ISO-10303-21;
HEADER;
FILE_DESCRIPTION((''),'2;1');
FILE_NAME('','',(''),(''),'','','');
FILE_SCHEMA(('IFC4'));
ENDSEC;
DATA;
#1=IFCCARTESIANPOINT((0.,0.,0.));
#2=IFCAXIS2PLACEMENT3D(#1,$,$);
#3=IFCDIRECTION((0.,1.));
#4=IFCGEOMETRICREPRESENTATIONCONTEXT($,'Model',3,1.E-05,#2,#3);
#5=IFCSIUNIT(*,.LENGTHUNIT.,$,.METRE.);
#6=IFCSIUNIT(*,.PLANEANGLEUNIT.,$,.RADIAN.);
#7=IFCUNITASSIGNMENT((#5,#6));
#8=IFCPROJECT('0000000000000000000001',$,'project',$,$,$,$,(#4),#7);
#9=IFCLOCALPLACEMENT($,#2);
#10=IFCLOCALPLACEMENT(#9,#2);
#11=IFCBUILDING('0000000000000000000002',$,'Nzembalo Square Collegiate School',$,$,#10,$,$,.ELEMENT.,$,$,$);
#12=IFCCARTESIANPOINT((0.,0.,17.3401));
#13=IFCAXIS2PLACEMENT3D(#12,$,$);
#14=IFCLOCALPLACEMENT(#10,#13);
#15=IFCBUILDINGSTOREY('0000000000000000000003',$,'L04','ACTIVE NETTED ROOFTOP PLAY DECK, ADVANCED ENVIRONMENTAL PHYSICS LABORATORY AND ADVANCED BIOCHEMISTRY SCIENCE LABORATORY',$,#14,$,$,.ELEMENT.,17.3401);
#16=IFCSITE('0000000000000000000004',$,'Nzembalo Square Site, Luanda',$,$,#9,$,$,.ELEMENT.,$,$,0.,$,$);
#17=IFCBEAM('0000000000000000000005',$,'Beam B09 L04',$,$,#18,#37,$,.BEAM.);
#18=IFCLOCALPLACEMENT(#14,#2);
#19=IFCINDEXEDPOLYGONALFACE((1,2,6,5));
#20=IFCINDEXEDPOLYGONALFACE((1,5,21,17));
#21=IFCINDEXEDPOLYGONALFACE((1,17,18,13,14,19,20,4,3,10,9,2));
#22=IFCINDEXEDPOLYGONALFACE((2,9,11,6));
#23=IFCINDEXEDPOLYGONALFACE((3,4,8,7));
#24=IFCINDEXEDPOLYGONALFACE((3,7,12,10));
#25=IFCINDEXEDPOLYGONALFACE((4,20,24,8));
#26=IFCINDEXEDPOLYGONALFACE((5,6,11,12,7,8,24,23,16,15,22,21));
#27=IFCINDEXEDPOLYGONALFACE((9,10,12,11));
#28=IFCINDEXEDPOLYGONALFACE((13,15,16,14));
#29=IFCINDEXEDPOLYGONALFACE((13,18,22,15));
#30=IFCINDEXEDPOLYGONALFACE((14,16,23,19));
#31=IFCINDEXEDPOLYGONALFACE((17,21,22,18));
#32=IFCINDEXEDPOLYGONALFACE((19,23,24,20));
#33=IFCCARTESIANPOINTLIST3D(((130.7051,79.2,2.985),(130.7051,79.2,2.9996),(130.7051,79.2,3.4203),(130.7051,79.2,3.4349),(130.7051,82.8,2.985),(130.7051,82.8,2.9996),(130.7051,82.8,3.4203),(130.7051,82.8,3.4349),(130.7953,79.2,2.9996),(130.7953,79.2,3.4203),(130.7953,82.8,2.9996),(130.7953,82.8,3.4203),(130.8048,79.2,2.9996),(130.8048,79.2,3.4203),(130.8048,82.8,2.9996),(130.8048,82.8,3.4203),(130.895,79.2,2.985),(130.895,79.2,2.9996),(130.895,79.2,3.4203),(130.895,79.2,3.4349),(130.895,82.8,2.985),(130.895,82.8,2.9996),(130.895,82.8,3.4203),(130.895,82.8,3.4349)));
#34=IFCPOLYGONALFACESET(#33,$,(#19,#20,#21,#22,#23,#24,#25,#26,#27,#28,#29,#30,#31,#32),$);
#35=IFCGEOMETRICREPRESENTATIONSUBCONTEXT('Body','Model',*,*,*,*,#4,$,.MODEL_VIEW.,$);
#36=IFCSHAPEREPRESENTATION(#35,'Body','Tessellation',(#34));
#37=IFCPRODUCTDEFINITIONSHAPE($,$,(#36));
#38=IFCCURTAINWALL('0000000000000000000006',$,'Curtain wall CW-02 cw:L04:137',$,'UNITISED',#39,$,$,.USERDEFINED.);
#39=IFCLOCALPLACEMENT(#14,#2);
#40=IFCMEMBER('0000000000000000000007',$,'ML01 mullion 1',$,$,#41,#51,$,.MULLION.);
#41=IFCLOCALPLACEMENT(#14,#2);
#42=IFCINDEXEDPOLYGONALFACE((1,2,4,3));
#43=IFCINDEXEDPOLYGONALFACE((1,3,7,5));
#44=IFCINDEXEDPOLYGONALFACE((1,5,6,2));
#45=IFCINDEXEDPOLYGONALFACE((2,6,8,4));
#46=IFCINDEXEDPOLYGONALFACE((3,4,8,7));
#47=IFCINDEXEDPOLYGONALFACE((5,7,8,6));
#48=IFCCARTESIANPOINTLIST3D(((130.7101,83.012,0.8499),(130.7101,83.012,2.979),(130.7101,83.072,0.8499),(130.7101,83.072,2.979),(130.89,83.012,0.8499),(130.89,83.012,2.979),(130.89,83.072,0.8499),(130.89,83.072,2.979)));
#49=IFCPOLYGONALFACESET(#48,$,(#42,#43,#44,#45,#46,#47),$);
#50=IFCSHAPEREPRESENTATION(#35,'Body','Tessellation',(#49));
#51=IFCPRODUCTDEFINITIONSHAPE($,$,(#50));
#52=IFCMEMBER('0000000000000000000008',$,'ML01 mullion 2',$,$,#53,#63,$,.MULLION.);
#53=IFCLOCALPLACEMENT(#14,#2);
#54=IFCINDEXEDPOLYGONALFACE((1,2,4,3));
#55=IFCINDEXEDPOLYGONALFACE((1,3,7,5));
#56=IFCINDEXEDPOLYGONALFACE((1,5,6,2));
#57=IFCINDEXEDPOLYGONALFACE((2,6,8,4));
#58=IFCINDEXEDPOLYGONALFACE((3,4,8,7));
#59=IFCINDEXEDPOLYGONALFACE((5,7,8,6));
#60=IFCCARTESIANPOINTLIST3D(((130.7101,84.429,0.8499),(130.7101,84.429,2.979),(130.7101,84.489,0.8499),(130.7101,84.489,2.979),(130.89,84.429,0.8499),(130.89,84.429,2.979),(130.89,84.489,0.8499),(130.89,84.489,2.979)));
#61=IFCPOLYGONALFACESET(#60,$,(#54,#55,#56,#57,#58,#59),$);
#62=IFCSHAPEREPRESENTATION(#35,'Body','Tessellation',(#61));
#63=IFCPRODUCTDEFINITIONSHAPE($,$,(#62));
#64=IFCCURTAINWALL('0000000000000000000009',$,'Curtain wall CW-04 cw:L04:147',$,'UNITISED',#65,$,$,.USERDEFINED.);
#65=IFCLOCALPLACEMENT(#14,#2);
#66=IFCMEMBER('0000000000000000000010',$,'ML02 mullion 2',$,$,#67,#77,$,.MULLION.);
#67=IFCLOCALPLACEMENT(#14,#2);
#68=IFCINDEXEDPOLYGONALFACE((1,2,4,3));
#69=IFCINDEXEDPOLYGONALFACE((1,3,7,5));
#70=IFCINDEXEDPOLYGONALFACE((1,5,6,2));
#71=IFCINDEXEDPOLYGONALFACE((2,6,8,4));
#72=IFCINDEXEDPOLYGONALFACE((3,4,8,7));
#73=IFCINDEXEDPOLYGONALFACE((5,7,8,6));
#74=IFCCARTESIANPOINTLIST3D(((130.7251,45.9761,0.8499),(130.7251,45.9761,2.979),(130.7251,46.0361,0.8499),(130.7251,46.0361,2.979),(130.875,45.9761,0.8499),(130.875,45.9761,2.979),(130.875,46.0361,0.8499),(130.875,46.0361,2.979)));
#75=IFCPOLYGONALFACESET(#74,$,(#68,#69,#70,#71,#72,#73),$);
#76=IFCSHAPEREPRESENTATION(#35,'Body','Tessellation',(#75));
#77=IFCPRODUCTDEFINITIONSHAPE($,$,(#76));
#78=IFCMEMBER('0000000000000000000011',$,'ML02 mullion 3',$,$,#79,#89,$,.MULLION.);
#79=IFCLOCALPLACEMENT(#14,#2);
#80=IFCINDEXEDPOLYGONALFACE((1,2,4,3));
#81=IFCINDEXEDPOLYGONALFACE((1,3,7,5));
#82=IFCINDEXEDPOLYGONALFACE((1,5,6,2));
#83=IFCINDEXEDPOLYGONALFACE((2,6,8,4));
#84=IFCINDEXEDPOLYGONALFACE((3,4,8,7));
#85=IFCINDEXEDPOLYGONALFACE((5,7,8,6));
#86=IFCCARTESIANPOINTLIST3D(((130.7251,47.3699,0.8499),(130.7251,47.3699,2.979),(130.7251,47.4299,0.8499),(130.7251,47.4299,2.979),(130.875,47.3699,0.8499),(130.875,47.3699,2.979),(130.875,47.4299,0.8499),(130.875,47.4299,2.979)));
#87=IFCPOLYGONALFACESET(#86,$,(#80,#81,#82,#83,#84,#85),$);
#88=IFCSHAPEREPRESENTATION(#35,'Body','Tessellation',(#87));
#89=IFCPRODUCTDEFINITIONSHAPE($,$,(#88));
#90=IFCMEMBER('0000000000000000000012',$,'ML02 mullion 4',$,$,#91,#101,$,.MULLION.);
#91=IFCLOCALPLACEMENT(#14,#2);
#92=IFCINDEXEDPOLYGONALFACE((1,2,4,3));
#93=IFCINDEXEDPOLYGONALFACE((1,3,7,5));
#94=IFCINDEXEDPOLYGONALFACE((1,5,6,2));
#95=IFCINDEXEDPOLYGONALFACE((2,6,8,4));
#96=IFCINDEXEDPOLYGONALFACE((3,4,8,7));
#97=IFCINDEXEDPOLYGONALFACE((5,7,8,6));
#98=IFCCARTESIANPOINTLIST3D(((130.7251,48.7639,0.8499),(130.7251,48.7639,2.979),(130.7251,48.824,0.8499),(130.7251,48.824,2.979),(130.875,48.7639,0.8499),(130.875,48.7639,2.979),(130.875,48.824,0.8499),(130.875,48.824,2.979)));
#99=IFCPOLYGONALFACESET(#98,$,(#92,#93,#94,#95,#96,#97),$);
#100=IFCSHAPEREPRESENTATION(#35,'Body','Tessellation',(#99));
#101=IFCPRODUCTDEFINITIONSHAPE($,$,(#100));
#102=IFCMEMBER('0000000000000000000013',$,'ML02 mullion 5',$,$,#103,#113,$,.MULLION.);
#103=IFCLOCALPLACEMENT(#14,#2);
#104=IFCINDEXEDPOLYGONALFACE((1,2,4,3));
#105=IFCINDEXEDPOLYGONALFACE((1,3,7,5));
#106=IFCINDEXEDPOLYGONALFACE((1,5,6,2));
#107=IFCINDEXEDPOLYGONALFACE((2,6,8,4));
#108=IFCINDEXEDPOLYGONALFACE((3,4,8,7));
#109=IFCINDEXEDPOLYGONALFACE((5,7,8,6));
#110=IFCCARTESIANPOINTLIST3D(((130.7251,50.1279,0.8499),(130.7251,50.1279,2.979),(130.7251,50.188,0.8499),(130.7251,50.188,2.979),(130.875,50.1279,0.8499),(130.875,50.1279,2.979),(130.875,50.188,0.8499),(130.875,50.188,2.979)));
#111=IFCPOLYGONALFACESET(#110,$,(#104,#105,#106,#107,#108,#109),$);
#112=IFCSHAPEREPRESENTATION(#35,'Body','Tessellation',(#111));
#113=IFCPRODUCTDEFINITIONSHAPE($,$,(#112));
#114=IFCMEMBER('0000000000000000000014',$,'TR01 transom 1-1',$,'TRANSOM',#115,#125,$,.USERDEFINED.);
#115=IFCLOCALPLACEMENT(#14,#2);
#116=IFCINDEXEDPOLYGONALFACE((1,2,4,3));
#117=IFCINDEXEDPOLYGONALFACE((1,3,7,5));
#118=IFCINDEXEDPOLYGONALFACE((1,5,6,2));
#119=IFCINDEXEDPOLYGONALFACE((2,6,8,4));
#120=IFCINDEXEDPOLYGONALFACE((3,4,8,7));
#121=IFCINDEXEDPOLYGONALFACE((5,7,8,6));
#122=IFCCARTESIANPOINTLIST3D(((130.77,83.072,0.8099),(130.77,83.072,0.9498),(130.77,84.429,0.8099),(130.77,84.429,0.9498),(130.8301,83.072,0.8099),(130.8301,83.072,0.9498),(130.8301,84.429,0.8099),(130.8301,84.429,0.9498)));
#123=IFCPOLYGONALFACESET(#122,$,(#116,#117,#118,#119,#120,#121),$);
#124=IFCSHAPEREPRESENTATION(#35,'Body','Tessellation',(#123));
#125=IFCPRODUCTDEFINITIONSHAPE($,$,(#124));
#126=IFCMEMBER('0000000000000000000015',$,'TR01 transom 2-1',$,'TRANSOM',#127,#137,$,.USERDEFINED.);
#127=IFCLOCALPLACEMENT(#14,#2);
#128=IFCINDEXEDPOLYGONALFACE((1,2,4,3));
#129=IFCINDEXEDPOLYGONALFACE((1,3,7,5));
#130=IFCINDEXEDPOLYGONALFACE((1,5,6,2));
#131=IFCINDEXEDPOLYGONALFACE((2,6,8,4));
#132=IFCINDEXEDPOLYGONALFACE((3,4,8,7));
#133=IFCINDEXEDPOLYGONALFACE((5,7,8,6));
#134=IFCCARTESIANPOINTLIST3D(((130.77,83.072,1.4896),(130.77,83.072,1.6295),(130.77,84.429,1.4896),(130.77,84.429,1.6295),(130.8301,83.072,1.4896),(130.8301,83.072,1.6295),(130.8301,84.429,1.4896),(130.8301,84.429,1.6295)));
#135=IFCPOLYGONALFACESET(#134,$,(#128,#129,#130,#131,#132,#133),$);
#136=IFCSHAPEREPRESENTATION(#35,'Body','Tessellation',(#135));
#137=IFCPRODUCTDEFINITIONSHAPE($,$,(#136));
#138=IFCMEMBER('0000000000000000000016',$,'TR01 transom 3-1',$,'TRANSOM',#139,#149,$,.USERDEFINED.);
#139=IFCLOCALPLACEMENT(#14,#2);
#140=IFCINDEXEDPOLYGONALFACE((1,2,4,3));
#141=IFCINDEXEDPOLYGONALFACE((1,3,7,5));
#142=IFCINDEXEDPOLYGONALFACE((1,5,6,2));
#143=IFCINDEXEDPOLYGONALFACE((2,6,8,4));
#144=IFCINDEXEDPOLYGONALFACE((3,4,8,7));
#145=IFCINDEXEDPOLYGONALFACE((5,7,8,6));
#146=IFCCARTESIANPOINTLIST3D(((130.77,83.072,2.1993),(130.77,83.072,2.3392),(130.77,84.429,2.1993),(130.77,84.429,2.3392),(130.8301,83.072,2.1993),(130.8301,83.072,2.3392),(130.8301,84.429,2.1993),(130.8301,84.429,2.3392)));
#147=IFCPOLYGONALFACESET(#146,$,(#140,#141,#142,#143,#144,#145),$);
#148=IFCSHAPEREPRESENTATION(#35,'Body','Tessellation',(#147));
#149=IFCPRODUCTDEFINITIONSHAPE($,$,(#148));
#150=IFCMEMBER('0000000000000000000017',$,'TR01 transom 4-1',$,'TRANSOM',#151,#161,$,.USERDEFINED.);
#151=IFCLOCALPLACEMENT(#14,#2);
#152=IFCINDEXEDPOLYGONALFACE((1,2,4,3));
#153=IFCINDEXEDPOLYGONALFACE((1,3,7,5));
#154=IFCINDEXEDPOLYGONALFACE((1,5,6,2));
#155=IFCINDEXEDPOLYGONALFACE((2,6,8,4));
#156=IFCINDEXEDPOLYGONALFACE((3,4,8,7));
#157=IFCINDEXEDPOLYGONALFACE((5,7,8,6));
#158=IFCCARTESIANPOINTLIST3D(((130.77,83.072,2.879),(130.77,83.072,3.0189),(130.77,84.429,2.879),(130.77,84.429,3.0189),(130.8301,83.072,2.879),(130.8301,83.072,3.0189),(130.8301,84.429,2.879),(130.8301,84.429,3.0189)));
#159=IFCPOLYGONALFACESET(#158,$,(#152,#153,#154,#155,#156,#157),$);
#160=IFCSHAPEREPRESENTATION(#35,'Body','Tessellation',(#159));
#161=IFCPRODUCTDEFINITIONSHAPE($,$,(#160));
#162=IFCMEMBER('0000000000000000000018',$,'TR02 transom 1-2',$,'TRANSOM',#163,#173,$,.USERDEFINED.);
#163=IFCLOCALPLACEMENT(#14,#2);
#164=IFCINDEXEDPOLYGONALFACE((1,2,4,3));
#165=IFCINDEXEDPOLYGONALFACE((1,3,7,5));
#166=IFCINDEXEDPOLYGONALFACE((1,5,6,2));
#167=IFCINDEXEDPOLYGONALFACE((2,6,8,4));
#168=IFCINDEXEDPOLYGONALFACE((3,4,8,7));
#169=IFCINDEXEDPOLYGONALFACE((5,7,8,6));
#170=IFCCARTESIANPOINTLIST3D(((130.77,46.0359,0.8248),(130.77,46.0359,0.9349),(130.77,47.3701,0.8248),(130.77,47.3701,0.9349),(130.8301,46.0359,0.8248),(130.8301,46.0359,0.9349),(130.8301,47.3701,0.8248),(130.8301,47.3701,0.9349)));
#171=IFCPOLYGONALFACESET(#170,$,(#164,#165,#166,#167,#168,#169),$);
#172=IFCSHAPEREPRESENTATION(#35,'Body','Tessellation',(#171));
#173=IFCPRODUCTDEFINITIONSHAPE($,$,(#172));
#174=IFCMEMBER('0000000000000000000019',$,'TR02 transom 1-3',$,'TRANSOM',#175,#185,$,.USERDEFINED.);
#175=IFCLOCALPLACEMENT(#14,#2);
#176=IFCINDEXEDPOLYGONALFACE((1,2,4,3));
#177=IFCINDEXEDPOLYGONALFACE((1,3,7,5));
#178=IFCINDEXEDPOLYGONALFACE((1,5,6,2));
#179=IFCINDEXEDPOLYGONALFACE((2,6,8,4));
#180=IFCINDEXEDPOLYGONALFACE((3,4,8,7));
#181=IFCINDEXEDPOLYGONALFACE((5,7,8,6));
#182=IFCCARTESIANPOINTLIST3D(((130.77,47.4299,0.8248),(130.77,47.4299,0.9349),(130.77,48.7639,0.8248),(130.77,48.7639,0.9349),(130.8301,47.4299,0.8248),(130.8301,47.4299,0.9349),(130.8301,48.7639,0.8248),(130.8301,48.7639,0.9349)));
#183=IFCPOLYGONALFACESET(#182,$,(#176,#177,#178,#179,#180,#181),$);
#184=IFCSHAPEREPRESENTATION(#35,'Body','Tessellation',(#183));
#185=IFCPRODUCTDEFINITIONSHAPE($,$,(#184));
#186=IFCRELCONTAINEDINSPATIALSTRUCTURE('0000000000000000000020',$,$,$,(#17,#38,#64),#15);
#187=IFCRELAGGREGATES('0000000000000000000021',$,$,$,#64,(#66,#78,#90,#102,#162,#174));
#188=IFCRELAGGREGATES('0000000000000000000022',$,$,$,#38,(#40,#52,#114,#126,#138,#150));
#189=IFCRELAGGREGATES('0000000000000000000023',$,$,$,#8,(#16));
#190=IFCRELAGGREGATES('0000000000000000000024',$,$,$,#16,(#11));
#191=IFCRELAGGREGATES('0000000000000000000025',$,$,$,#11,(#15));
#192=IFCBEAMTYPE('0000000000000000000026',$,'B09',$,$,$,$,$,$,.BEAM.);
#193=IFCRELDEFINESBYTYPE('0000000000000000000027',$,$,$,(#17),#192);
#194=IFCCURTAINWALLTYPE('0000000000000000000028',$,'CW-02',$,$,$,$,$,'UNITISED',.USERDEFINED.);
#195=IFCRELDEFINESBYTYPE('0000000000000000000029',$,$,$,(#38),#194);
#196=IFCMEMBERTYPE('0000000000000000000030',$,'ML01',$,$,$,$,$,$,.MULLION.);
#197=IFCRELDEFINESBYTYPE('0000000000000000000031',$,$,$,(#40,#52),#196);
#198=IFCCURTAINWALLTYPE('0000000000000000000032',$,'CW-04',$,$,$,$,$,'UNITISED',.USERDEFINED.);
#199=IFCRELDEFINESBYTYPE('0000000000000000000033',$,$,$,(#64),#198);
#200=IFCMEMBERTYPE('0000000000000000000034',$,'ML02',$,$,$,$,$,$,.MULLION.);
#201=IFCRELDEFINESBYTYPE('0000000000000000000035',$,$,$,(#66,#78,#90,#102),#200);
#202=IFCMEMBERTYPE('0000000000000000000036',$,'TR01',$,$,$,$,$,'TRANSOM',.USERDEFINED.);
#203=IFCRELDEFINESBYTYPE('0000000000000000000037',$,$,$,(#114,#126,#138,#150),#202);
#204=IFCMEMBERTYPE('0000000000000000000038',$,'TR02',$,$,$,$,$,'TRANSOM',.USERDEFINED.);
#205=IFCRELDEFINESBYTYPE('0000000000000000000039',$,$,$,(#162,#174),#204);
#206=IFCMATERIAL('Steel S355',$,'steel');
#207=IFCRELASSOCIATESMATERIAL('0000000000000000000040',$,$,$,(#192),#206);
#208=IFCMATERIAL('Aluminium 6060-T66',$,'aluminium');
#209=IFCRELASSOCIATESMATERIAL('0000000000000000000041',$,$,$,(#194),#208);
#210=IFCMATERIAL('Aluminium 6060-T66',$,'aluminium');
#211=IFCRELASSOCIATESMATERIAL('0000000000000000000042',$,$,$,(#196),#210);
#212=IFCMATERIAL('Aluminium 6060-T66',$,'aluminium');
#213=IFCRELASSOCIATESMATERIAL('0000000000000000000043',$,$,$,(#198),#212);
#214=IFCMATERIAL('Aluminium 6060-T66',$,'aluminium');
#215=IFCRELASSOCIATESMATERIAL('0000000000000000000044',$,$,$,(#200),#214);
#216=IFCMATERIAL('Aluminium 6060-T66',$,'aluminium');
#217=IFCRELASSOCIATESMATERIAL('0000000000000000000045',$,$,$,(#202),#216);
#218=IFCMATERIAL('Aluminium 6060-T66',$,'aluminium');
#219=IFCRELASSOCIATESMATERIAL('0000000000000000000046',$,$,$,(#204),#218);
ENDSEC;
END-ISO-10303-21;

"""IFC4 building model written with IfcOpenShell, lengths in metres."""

from ifc_helpers import new_model, si_unit, direction, frame, origin, origin_2d, place, context, subcontext, project, spatial, rectangle, i_section, extrude, material, material_profile, profile_set, type_object, element, aggregate, save


model = new_model("IFC4")

# Units and contexts
model_context = context("Model", 3, precision=1e-05, world=origin(), true_north=direction((0.0, 1.0)))
body_context = subcontext(model_context, "Body", "Model", "MODEL_VIEW")
ifc_project = project(units=[si_unit("LENGTHUNIT", "METRE"), si_unit("PLANEANGLEUNIT", "RADIAN")], contexts=[model_context])

# Site, building, storey
site_placement = place(None, origin())
site = spatial("IfcSite", under=ifc_project, at=site_placement, Name="Nzembalo Square Site, Luanda", CompositionType="ELEMENT", RefElevation=0.0)
building_placement = place(site_placement, origin())
building = spatial("IfcBuilding", under=site, at=building_placement, Name="Nzembalo Square Collegiate School", CompositionType="ELEMENT")
storey_placement = place(building_placement, frame((0.0, 0.0, 17.3401)))
storey = spatial("IfcBuildingStorey", under=building, at=storey_placement, Name="L04", Description="ACTIVE NETTED ROOFTOP PLAY DECK, ADVANCED ENVIRONMENTAL PHYSICS LABORATORY AND ADVANCED BIOCHEMISTRY SCIENCE LABORATORY", CompositionType="ELEMENT", Elevation=17.3401)

# Beam
ifc_material_1 = material(Name="Steel S355", Category="steel")
ifc_material_profile_1 = material_profile(ifc_material_1, i_section(OverallWidth=0.1899, OverallDepth=0.45, WebThickness=0.0095, FlangeThickness=0.0146, at=origin_2d()), Name="IPE 450")
ifc_profile_set_1 = profile_set([ifc_material_profile_1], Name="Steel S355")
beam_type = type_object("IfcBeamType", Name="B09", PredefinedType="BEAM", material=ifc_profile_set_1)
beam_placement = place(storey_placement, frame((130.8, 79.2, 3.21), z_axis=(0.0, 1.0, 0.0), x_axis=(-1.0, 0.0, 0.0)))
element("IfcBeam", 1, at=beam_placement, inside=storey, type_object=beam_type, Name="Beam B09 L04", PredefinedType="BEAM", context=body_context, shape_type="SweptSolid", body=[
    extrude(i_section(OverallWidth=0.1899, OverallDepth=0.45, WebThickness=0.0095, FlangeThickness=0.0146, at=origin_2d()), origin(), (0.0, 0.0, 1.0), 3.6001),
])

# Curtain walls, members
ifc_material_2 = material(Name="Aluminium 6060-T66", Category="aluminium")
curtain_wall_type_1 = type_object("IfcCurtainWallType", Name="CW-02", ElementType="UNITISED", PredefinedType="USERDEFINED", material=ifc_material_2)
curtain_wall_1_placement = place(storey_placement, origin())
curtain_wall_1 = element("IfcCurtainWall", 2, at=curtain_wall_1_placement, inside=storey, type_object=curtain_wall_type_1, Name="Curtain wall CW-02 cw:L04:137", ObjectType="UNITISED", PredefinedType="USERDEFINED")
ifc_material_3 = material(Name="Aluminium 6060-T66", Category="aluminium")
ifc_material_profile_2 = material_profile(ifc_material_3, rectangle(XDim=0.0601, YDim=0.1799, at=origin_2d()), Name="ALU M60x180")
ifc_profile_set_2 = profile_set([ifc_material_profile_2], Name="Aluminium 6060-T66")
member_type_1 = type_object("IfcMemberType", Name="ML01", PredefinedType="MULLION", material=ifc_profile_set_2)
member_1_placement = place(storey_placement, frame((130.8, 83.042, 0.8499), z_axis=(0.0, 0.0, 1.0), x_axis=(0.0, 1.0, 0.0)))
member_1 = element("IfcMember", 3, at=member_1_placement, type_object=member_type_1, Name="ML01 mullion 1", PredefinedType="MULLION", context=body_context, shape_type="SweptSolid", body=[
    extrude(rectangle(XDim=0.0601, YDim=0.1799, at=origin_2d()), origin(), (0.0, 0.0, 1.0), 2.1292),
])
member_2_placement = place(storey_placement, frame((130.8, 84.459, 0.8499), z_axis=(0.0, 0.0, 1.0), x_axis=(0.0, 1.0, 0.0)))
member_2 = element("IfcMember", 4, at=member_2_placement, type_object=member_type_1, Name="ML01 mullion 2", PredefinedType="MULLION", context=body_context, shape_type="SweptSolid", body=[
    extrude(rectangle(XDim=0.0601, YDim=0.1799, at=origin_2d()), origin(), (0.0, 0.0, 1.0), 2.1292),
])
ifc_material_4 = material(Name="Aluminium 6060-T66", Category="aluminium")
curtain_wall_type_2 = type_object("IfcCurtainWallType", Name="CW-04", ElementType="UNITISED", PredefinedType="USERDEFINED", material=ifc_material_4)
curtain_wall_2_placement = place(storey_placement, origin())
curtain_wall_2 = element("IfcCurtainWall", 5, at=curtain_wall_2_placement, inside=storey, type_object=curtain_wall_type_2, Name="Curtain wall CW-04 cw:L04:147", ObjectType="UNITISED", PredefinedType="USERDEFINED")
ifc_material_5 = material(Name="Aluminium 6060-T66", Category="aluminium")
ifc_material_profile_3 = material_profile(ifc_material_5, rectangle(XDim=0.0601, YDim=0.1499, at=origin_2d()), Name="ALU M60x150")
ifc_profile_set_3 = profile_set([ifc_material_profile_3], Name="Aluminium 6060-T66")
member_type_2 = type_object("IfcMemberType", Name="ML02", PredefinedType="MULLION", material=ifc_profile_set_3)
member_3_placement = place(storey_placement, frame((130.8, 46.0061, 0.8499), z_axis=(0.0, 0.0, 1.0), x_axis=(0.0, 1.0, 0.0)))
member_3 = element("IfcMember", 6, at=member_3_placement, type_object=member_type_2, Name="ML02 mullion 2", PredefinedType="MULLION", context=body_context, shape_type="SweptSolid", body=[
    extrude(rectangle(XDim=0.0601, YDim=0.1499, at=origin_2d()), origin(), (0.0, 0.0, 1.0), 2.1292),
])
member_4_placement = place(storey_placement, frame((130.8, 47.3999, 0.8499), z_axis=(0.0, 0.0, 1.0), x_axis=(0.0, 1.0, 0.0)))
member_4 = element("IfcMember", 7, at=member_4_placement, type_object=member_type_2, Name="ML02 mullion 3", PredefinedType="MULLION", context=body_context, shape_type="SweptSolid", body=[
    extrude(rectangle(XDim=0.0601, YDim=0.1499, at=origin_2d()), origin(), (0.0, 0.0, 1.0), 2.1292),
])
member_5_placement = place(storey_placement, frame((130.8, 48.7939, 0.8499), z_axis=(0.0, 0.0, 1.0), x_axis=(0.0, 1.0, 0.0)))
member_5 = element("IfcMember", 8, at=member_5_placement, type_object=member_type_2, Name="ML02 mullion 4", PredefinedType="MULLION", context=body_context, shape_type="SweptSolid", body=[
    extrude(rectangle(XDim=0.0601, YDim=0.1499, at=origin_2d()), origin(), (0.0, 0.0, 1.0), 2.1292),
])
member_6_placement = place(storey_placement, frame((130.8, 50.158, 0.8499), z_axis=(0.0, 0.0, 1.0), x_axis=(0.0, 1.0, 0.0)))
member_6 = element("IfcMember", 9, at=member_6_placement, type_object=member_type_2, Name="ML02 mullion 5", PredefinedType="MULLION", context=body_context, shape_type="SweptSolid", body=[
    extrude(rectangle(XDim=0.0601, YDim=0.1499, at=origin_2d()), origin(), (0.0, 0.0, 1.0), 2.1292),
])

# Members
ifc_material_6 = material(Name="Aluminium 6060-T66", Category="aluminium")
ifc_material_profile_4 = material_profile(ifc_material_6, rectangle(XDim=0.0601, YDim=0.1399, at=origin_2d()), Name="ALU T60x140")
ifc_profile_set_4 = profile_set([ifc_material_profile_4], Name="Aluminium 6060-T66")
member_type_3 = type_object("IfcMemberType", Name="TR01", ElementType="TRANSOM", PredefinedType="USERDEFINED", material=ifc_profile_set_4)
member_7_placement = place(storey_placement, frame((130.8, 83.072, 0.8799), z_axis=(0.0, 1.0, 0.0), x_axis=(-1.0, 0.0, 0.0)))
member_7 = element("IfcMember", 10, at=member_7_placement, type_object=member_type_3, Name="TR01 transom 1-1", ObjectType="TRANSOM", PredefinedType="USERDEFINED", context=body_context, shape_type="SweptSolid", body=[
    extrude(rectangle(XDim=0.0601, YDim=0.1399, at=origin_2d()), origin(), (0.0, 0.0, 1.0), 1.3569),
])
member_8_placement = place(storey_placement, frame((130.8, 83.072, 1.5596), z_axis=(0.0, 1.0, 0.0), x_axis=(-1.0, 0.0, 0.0)))
member_8 = element("IfcMember", 11, at=member_8_placement, type_object=member_type_3, Name="TR01 transom 2-1", ObjectType="TRANSOM", PredefinedType="USERDEFINED", context=body_context, shape_type="SweptSolid", body=[
    extrude(rectangle(XDim=0.0601, YDim=0.1399, at=origin_2d()), origin(), (0.0, 0.0, 1.0), 1.3569),
])
member_9_placement = place(storey_placement, frame((130.8, 83.072, 2.2693), z_axis=(0.0, 1.0, 0.0), x_axis=(-1.0, 0.0, 0.0)))
member_9 = element("IfcMember", 12, at=member_9_placement, type_object=member_type_3, Name="TR01 transom 3-1", ObjectType="TRANSOM", PredefinedType="USERDEFINED", context=body_context, shape_type="SweptSolid", body=[
    extrude(rectangle(XDim=0.0601, YDim=0.1399, at=origin_2d()), origin(), (0.0, 0.0, 1.0), 1.3569),
])
member_10_placement = place(storey_placement, frame((130.8, 83.072, 2.949), z_axis=(0.0, 1.0, 0.0), x_axis=(-1.0, 0.0, 0.0)))
member_10 = element("IfcMember", 13, at=member_10_placement, type_object=member_type_3, Name="TR01 transom 4-1", ObjectType="TRANSOM", PredefinedType="USERDEFINED", context=body_context, shape_type="SweptSolid", body=[
    extrude(rectangle(XDim=0.0601, YDim=0.1399, at=origin_2d()), origin(), (0.0, 0.0, 1.0), 1.3569),
])
ifc_material_7 = material(Name="Aluminium 6060-T66", Category="aluminium")
ifc_material_profile_5 = material_profile(ifc_material_7, rectangle(XDim=0.0601, YDim=0.1101, at=origin_2d()), Name="ALU T60x110")
ifc_profile_set_5 = profile_set([ifc_material_profile_5], Name="Aluminium 6060-T66")
member_type_4 = type_object("IfcMemberType", Name="TR02", ElementType="TRANSOM", PredefinedType="USERDEFINED", material=ifc_profile_set_5)
member_11_placement = place(storey_placement, frame((130.8, 46.0359, 0.8799), z_axis=(0.0, 1.0, 0.0), x_axis=(-1.0, 0.0, 0.0)))
member_11 = element("IfcMember", 14, at=member_11_placement, type_object=member_type_4, Name="TR02 transom 1-2", ObjectType="TRANSOM", PredefinedType="USERDEFINED", context=body_context, shape_type="SweptSolid", body=[
    extrude(rectangle(XDim=0.0601, YDim=0.1101, at=origin_2d()), origin(), (0.0, 0.0, 1.0), 1.3342),
])
member_12_placement = place(storey_placement, frame((130.8, 47.4299, 0.8799), z_axis=(0.0, 1.0, 0.0), x_axis=(-1.0, 0.0, 0.0)))
member_12 = element("IfcMember", 15, at=member_12_placement, type_object=member_type_4, Name="TR02 transom 1-3", ObjectType="TRANSOM", PredefinedType="USERDEFINED", context=body_context, shape_type="SweptSolid", body=[
    extrude(rectangle(XDim=0.0601, YDim=0.1101, at=origin_2d()), origin(), (0.0, 0.0, 1.0), 1.334),
])
aggregate(curtain_wall_2, [member_3, member_4, member_5, member_6, member_11, member_12])

aggregate(curtain_wall_1, [member_1, member_2, member_7, member_8, member_9, member_10])

save(model, "model.ifc")
